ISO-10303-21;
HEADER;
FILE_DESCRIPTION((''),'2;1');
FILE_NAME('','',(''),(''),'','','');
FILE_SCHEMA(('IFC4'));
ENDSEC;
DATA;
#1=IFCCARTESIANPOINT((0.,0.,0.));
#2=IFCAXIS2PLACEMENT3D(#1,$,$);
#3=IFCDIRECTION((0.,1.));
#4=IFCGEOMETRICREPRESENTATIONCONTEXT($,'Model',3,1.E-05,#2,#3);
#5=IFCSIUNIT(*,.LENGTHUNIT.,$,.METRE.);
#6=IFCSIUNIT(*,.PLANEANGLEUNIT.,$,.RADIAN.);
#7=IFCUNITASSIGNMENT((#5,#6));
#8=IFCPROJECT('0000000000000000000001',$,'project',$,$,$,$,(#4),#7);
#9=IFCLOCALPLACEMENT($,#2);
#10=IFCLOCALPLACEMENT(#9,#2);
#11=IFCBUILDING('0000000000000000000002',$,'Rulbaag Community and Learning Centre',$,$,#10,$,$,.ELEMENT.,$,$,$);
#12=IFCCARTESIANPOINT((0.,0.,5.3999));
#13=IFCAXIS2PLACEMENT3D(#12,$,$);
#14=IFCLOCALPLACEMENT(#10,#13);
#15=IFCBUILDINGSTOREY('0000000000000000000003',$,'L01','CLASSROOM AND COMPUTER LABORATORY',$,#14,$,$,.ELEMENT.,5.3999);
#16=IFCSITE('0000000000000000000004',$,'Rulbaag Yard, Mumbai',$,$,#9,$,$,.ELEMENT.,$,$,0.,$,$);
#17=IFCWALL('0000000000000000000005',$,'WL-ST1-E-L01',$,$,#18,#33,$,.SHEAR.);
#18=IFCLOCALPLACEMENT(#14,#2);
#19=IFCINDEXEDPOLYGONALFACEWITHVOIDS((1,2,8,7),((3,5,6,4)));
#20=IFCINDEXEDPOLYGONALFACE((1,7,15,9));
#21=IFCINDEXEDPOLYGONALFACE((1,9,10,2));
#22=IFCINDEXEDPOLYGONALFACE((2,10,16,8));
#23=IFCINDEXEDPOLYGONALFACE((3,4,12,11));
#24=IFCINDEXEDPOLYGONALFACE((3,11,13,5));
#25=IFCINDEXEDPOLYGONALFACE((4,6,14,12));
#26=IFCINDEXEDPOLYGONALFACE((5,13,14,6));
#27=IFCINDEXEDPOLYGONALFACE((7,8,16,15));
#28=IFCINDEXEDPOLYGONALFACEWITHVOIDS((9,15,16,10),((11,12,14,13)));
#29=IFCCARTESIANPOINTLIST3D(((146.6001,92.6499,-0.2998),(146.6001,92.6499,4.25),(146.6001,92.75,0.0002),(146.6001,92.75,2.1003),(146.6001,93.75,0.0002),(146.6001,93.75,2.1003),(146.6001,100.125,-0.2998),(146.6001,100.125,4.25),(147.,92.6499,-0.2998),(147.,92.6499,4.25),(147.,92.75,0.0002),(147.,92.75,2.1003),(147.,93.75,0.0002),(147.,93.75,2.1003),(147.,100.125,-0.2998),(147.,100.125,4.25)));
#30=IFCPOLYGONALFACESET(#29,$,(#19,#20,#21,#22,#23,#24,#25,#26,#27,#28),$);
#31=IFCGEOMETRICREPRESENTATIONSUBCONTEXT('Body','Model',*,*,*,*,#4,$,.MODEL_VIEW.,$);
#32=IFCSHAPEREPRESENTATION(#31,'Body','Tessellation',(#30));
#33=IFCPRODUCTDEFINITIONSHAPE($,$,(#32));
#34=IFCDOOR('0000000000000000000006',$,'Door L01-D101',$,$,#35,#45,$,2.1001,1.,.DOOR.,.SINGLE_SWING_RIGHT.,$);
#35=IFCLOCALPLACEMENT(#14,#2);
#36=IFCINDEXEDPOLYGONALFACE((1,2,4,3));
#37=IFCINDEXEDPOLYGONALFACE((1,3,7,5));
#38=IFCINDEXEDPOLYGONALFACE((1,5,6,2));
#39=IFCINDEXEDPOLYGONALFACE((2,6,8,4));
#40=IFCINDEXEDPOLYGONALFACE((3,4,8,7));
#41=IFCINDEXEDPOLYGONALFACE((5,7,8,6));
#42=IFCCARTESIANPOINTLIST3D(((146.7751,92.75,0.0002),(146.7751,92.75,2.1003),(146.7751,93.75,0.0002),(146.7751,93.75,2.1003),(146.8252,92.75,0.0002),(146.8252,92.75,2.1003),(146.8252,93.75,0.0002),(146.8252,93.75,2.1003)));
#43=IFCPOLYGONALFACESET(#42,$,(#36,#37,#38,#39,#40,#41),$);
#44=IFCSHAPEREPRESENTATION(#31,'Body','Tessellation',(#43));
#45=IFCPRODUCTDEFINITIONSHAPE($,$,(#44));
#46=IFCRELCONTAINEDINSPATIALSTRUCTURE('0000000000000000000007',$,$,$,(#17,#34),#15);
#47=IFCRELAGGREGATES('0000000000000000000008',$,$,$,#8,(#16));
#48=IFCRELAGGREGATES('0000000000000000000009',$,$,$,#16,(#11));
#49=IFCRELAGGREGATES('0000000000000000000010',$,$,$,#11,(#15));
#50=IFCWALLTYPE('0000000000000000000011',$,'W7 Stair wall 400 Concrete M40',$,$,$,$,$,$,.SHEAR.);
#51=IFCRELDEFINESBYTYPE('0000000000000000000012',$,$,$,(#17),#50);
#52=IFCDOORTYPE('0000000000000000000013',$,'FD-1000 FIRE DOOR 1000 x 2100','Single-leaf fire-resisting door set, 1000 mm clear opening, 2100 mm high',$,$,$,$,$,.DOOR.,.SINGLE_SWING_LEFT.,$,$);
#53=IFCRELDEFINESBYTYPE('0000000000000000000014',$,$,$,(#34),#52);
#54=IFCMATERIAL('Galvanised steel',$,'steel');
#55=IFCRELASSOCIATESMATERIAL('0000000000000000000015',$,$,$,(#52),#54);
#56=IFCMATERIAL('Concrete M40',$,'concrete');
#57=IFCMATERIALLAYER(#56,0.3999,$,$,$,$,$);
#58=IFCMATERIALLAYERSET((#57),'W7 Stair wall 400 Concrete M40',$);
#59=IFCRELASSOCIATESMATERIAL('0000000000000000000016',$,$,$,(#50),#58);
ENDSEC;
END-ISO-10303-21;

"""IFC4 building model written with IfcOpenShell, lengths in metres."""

from ifc_helpers import new_model, si_unit, direction, frame, frame_2d, origin, place, context, subcontext, project, spatial, rectangle, extrude, material, layer, layer_set, type_object, element, fill, save


model = new_model("IFC4")

# Units and contexts
model_context = context("Model", 3, precision=1e-05, world=origin(), true_north=direction((0.0, 1.0)))
body_context = subcontext(model_context, "Body", "Model", "MODEL_VIEW")
ifc_project = project(units=[si_unit("LENGTHUNIT", "METRE"), si_unit("PLANEANGLEUNIT", "RADIAN")], contexts=[model_context])

# Site, building, storey
site_placement = place(None, origin())
site = spatial("IfcSite", under=ifc_project, at=site_placement, Name="Rulbaag Yard, Mumbai", CompositionType="ELEMENT", RefElevation=0.0)
building_placement = place(site_placement, origin())
building = spatial("IfcBuilding", under=site, at=building_placement, Name="Rulbaag Community and Learning Centre", CompositionType="ELEMENT")
storey_placement = place(building_placement, frame((0.0, 0.0, 5.3999)))
storey = spatial("IfcBuildingStorey", under=building, at=storey_placement, Name="L01", Description="CLASSROOM AND COMPUTER LABORATORY", CompositionType="ELEMENT", Elevation=5.3999)

# Shared definitions
ifc_material_1 = material(Name="Concrete M40", Category="concrete")

# Shared definitions
ifc_material_2 = material(Name="Galvanised steel", Category="steel")
door_type_1 = type_object("IfcDoorType", Name="FD-1000 FIRE DOOR 1000 x 2100", Description="Single-leaf fire-resisting door set, 1000 mm clear opening, 2100 mm high", OperationType="SINGLE_SWING_LEFT", PredefinedType="DOOR", material=ifc_material_2)

# Wall, opening, door
ifc_layer_1 = layer(ifc_material_1, 0.3999)
ifc_layer_set_1 = layer_set([ifc_layer_1], Name="W7 Stair wall 400 Concrete M40")
wall_type_1 = type_object("IfcWallType", Name="W7 Stair wall 400 Concrete M40", PredefinedType="SHEAR", material=ifc_layer_set_1)
wall_1_placement = place(storey_placement, frame((146.8, 92.6499, -0.2998), z_axis=(0.0, 0.0, 1.0), x_axis=(0.0, 1.0, 0.0)))
wall_1 = element("IfcWall", 1, at=wall_1_placement, inside=storey, type_object=wall_type_1, Name="WL-ST1-E-L01", PredefinedType="SHEAR", context=body_context, shape_type="SweptSolid", body=[
    extrude(rectangle(XDim=7.4751, YDim=0.3999, at=frame_2d((3.7375, 0.0))), origin(), (0.0, 0.0, 1.0), 4.5498),
])
opening_1_placement = place(wall_1_placement, frame((0.1001, 0.0, 0.3)))
opening_1 = element("IfcOpeningElement", 2, at=opening_1_placement, cuts=wall_1, PredefinedType="OPENING", context=body_context, shape_type="SweptSolid", body=[
    extrude(rectangle(XDim=1.0, YDim=2.1001, at=frame_2d((0.5, 1.05))), frame((0.0, 0.21, 0.0), z_axis=(0.0, -1.0, 0.0), x_axis=(1.0, 0.0, 0.0)), (0.0, 0.0, 1.0), 0.4199),
])
door_1_placement = place(opening_1_placement, origin())
door_1 = element("IfcDoor", 3, at=door_1_placement, inside=storey, type_object=door_type_1, Name="Door L01-D101", OperationType="SINGLE_SWING_RIGHT", OverallHeight=2.1001, OverallWidth=1.0, PredefinedType="DOOR", context=body_context, shape_type="SweptSolid", body=[
    extrude(rectangle(XDim=1.0, YDim=2.1001, at=frame_2d((0.5, 1.05))), frame((0.0, 0.0249, 0.0), z_axis=(0.0, -1.0, 0.0), x_axis=(1.0, 0.0, 0.0)), (0.0, 0.0, 1.0), 0.05),
])
fill(opening_1, door_1)

save(model, "model.ifc")
